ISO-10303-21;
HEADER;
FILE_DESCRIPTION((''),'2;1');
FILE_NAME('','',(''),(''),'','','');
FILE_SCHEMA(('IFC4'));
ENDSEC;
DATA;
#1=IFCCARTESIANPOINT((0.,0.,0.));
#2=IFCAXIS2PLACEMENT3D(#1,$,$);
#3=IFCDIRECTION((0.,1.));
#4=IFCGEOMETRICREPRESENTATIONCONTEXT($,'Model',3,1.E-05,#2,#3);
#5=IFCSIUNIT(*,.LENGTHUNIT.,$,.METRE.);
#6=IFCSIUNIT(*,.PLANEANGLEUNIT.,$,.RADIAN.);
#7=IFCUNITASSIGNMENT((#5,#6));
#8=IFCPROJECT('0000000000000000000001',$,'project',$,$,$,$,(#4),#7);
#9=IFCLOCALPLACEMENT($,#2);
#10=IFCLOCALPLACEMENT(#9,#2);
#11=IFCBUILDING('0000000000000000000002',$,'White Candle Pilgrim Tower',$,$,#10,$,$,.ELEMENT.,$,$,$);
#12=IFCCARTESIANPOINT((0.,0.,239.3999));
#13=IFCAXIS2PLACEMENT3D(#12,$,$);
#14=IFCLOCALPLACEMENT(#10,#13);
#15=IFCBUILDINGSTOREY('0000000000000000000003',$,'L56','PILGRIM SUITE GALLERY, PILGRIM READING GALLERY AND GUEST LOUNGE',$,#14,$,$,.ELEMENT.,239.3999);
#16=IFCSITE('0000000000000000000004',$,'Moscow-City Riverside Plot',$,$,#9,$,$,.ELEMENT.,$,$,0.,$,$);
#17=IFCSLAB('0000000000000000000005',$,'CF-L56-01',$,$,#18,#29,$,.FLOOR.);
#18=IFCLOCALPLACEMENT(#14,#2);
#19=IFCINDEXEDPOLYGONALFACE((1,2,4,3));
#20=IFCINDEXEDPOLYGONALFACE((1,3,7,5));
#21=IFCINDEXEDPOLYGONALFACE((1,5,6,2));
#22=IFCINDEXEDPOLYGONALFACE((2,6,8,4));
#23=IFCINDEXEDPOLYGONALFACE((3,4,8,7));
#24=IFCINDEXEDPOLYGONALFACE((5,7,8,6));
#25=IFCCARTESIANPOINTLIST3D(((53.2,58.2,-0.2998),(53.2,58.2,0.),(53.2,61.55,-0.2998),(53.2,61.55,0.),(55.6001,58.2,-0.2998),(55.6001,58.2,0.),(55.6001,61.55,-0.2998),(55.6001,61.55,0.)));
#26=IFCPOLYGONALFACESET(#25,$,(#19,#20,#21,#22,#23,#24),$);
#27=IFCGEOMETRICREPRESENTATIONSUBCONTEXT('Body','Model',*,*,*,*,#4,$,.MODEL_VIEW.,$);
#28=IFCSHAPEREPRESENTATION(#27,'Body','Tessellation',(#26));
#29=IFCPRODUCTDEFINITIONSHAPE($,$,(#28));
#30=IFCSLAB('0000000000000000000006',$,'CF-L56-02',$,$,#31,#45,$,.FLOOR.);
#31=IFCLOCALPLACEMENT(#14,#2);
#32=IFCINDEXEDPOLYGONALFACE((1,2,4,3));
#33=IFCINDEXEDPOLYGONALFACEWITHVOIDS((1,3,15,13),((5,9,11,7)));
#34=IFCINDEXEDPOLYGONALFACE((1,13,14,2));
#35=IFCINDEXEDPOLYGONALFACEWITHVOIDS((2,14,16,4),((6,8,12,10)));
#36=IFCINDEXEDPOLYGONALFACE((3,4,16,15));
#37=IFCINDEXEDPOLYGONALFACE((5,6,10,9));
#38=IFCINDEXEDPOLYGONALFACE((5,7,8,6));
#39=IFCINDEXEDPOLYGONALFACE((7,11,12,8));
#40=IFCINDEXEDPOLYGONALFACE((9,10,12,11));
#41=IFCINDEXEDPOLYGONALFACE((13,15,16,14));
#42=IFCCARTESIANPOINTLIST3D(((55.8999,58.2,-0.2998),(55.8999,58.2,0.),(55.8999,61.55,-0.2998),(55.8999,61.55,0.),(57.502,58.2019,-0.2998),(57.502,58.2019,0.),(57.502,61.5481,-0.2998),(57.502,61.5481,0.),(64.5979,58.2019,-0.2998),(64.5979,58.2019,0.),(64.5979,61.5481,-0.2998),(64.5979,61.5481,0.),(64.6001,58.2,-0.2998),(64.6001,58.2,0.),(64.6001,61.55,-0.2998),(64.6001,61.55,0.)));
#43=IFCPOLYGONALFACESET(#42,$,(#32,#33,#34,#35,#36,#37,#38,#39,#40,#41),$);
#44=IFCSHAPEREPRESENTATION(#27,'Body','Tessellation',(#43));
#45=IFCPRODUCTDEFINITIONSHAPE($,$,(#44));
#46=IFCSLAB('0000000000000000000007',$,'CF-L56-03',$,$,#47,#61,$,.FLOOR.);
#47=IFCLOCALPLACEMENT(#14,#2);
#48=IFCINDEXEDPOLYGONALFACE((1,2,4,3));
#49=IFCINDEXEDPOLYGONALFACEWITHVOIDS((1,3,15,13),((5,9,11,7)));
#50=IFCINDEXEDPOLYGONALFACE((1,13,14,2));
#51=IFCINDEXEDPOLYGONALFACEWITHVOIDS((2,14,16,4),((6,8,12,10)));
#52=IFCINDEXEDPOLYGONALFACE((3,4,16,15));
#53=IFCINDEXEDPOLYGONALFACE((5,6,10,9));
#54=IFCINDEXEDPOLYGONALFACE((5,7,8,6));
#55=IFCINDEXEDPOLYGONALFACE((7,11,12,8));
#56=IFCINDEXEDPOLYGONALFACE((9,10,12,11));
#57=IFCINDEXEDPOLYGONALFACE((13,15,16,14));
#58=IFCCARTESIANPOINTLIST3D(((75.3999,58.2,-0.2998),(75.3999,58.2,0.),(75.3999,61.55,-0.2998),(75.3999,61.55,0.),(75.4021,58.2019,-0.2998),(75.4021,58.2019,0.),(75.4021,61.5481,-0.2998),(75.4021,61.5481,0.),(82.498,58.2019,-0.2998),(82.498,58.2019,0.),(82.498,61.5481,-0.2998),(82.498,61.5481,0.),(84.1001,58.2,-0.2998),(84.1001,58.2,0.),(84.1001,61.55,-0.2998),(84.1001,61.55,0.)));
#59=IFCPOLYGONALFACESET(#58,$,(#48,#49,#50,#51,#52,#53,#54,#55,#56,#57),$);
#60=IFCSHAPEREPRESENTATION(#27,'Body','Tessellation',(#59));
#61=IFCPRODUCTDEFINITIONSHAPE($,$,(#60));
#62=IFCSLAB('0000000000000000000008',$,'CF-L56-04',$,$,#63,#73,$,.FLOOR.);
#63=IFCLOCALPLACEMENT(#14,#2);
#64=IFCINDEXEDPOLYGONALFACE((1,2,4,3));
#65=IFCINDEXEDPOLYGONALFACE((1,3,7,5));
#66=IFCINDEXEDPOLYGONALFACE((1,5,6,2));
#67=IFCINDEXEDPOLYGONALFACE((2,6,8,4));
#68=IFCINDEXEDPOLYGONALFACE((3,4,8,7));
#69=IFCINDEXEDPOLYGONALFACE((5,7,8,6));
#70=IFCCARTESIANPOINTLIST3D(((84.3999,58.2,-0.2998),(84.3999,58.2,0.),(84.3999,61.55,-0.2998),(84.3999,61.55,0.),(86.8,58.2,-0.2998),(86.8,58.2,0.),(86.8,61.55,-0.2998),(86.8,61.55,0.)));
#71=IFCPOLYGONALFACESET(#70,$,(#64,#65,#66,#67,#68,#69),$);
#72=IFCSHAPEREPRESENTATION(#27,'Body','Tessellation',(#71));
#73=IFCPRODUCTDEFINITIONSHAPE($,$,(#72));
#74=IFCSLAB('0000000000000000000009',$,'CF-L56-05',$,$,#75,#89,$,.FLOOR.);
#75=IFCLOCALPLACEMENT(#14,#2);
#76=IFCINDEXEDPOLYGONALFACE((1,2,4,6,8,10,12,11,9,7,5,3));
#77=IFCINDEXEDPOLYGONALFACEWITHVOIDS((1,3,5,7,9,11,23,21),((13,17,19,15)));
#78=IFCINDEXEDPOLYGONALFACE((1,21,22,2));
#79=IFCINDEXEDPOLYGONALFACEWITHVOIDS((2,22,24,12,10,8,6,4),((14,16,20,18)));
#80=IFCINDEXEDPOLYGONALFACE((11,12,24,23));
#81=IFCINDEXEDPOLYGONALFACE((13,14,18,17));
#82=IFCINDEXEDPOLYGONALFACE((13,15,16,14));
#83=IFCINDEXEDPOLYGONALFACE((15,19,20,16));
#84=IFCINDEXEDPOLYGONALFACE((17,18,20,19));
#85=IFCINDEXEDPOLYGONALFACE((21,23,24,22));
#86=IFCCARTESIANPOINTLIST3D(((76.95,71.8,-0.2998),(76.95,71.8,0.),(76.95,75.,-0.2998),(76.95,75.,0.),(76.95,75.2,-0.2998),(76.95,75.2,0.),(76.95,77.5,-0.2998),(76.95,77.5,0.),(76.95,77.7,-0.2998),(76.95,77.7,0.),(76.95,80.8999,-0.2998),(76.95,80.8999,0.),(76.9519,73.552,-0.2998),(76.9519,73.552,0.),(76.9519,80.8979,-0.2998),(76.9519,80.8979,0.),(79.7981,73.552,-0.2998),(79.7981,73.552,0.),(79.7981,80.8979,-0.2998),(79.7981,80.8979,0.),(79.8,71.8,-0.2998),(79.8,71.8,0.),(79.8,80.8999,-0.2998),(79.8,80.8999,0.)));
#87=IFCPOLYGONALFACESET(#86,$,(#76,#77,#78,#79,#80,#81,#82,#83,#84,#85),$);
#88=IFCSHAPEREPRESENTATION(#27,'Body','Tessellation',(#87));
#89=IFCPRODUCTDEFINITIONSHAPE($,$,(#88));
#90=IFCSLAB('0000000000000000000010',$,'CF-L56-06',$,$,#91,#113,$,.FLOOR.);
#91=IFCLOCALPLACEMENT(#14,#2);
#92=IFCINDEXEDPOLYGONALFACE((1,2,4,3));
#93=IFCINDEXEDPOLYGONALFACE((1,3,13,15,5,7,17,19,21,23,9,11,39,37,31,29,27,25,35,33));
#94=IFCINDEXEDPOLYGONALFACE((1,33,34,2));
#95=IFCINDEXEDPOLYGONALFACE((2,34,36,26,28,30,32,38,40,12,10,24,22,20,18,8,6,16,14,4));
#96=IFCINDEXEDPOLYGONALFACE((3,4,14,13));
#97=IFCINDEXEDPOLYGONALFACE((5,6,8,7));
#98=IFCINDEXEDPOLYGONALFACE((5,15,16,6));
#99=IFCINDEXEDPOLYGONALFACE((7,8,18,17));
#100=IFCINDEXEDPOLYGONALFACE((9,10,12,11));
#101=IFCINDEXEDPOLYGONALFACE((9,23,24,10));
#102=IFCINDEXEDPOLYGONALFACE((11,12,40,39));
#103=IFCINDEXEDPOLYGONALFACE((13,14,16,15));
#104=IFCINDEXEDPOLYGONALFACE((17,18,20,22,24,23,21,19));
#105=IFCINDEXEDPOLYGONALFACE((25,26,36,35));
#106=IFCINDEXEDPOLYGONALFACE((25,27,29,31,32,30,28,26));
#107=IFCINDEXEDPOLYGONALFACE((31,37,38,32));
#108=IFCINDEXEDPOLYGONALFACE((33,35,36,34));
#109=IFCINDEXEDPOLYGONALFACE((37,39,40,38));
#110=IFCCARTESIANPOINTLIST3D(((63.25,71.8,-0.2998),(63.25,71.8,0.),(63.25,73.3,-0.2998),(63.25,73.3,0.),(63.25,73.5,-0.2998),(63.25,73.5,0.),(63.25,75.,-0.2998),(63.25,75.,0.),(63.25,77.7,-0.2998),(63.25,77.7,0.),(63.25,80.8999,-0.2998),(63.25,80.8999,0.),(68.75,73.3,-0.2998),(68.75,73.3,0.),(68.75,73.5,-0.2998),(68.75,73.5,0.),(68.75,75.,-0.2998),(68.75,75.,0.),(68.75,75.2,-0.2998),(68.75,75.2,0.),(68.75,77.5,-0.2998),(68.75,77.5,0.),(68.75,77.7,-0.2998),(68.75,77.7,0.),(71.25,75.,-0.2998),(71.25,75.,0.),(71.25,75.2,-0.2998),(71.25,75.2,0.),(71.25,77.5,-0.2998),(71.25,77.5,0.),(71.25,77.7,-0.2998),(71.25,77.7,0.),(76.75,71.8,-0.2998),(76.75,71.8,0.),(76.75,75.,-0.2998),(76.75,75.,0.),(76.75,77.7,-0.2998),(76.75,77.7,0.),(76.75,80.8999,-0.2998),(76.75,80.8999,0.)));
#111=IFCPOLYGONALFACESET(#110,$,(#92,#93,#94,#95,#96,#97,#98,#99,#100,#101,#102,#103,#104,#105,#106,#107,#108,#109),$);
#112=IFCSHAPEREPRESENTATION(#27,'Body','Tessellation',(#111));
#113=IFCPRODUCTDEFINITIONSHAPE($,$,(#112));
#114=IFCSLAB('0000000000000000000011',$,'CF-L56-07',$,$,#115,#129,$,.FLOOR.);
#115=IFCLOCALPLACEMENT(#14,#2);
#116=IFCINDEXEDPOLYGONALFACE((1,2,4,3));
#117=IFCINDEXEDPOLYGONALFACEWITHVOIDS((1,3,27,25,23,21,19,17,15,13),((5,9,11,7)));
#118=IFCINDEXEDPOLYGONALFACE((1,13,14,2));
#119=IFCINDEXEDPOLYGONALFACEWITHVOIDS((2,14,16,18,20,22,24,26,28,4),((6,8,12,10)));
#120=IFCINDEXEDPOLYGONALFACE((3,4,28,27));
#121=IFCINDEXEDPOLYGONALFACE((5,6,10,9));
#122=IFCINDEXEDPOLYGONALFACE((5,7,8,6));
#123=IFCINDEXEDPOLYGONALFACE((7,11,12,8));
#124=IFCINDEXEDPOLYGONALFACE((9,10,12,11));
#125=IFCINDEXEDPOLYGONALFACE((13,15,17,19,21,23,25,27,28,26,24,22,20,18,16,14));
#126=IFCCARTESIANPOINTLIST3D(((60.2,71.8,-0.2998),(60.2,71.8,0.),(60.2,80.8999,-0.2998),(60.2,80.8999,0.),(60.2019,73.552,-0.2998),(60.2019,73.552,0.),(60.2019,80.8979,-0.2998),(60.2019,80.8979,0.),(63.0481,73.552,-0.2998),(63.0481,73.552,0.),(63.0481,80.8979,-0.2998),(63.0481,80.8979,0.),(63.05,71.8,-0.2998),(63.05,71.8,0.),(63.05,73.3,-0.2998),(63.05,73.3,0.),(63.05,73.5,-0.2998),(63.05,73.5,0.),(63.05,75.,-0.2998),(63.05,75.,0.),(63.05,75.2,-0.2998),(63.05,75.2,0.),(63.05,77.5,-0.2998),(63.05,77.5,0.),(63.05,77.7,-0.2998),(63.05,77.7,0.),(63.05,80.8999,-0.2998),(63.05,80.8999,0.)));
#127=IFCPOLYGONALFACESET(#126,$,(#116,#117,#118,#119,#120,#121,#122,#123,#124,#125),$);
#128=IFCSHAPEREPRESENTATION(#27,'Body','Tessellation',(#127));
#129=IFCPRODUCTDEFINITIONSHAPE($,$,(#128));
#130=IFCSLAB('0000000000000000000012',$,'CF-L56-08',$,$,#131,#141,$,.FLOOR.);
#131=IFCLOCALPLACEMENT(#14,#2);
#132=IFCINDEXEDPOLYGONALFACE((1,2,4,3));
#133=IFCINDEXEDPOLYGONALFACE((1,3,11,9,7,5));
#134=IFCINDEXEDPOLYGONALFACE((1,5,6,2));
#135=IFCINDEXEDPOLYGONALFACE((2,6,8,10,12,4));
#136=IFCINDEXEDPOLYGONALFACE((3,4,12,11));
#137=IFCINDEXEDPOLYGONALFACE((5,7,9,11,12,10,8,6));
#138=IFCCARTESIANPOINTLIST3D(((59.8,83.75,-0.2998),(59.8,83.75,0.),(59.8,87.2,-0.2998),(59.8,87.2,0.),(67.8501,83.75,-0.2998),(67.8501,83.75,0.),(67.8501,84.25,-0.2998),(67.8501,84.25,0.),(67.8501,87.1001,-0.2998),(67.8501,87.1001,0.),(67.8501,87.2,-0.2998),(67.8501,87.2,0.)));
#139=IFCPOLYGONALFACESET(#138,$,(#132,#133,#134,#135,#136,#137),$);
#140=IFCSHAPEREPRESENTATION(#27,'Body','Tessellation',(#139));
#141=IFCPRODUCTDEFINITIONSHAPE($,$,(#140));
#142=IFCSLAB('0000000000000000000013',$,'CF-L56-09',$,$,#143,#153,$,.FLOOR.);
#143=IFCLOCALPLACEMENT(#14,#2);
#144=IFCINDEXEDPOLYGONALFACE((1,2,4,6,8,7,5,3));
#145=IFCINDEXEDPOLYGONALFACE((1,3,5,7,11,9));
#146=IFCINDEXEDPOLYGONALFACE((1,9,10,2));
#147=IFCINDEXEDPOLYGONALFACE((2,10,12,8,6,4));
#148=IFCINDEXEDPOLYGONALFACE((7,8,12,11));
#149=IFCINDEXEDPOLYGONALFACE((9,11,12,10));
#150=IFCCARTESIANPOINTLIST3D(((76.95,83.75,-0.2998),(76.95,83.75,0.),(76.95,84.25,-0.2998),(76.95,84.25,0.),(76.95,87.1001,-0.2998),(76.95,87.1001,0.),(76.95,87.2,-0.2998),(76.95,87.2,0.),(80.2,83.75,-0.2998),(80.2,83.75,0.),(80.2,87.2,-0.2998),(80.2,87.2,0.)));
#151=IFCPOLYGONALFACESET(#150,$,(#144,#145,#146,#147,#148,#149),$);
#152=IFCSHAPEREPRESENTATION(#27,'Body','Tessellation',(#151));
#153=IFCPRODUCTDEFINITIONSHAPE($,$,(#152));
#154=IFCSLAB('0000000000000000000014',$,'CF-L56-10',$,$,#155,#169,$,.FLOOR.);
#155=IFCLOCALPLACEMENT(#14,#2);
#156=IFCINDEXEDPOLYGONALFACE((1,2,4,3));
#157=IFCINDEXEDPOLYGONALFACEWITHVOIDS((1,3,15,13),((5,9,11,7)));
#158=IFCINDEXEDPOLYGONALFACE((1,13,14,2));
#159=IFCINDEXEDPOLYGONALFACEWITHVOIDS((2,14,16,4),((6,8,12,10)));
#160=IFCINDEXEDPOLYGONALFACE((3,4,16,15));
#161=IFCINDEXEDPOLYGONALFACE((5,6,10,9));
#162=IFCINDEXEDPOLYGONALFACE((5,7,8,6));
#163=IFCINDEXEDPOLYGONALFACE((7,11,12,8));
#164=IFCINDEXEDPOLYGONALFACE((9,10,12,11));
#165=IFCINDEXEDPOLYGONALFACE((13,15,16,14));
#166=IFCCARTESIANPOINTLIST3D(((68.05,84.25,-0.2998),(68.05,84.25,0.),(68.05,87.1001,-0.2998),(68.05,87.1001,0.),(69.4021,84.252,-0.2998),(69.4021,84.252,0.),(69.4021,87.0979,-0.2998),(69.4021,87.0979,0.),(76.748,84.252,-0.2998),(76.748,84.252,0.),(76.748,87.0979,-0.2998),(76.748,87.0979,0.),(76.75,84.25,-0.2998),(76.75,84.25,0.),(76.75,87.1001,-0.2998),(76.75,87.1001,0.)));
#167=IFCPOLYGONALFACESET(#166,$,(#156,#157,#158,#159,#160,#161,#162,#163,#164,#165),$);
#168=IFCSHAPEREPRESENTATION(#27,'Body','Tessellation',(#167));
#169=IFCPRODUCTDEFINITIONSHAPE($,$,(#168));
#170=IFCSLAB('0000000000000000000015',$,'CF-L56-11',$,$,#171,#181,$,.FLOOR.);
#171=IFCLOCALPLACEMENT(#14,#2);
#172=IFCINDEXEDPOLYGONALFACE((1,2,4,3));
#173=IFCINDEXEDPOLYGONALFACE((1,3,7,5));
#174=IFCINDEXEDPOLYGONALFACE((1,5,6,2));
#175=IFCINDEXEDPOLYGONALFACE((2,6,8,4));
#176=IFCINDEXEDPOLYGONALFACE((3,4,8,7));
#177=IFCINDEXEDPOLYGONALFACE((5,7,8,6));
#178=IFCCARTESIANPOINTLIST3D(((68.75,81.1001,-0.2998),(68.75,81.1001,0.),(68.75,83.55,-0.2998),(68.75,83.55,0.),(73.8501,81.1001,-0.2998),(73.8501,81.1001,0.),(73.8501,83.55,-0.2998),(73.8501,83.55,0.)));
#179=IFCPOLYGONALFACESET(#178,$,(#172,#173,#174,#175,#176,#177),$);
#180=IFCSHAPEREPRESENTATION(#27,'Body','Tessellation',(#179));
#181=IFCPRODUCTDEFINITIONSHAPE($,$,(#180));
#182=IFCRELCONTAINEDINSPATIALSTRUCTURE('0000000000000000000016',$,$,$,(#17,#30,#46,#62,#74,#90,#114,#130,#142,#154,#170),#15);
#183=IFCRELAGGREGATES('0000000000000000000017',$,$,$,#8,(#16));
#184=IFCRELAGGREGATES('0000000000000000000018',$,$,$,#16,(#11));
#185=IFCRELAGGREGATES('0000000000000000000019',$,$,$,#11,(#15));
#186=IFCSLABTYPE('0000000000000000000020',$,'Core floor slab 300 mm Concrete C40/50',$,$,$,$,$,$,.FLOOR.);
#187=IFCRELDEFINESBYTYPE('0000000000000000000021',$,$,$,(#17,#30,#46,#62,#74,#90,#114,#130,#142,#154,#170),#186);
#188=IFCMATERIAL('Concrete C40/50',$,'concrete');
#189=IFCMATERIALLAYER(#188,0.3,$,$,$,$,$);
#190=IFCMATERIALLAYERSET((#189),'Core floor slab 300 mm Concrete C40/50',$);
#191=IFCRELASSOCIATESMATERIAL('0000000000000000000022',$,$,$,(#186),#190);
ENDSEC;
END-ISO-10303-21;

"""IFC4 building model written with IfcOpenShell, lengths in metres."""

from ifc_helpers import new_model, si_unit, direction, frame, origin, place, context, subcontext, project, spatial, polyline, outline, extrude, material, layer, layer_set, type_object, element, save


model = new_model("IFC4")

# Units and contexts
model_context = context("Model", 3, precision=1e-05, world=origin(), true_north=direction((0.0, 1.0)))
body_context = subcontext(model_context, "Body", "Model", "MODEL_VIEW")
ifc_project = project(units=[si_unit("LENGTHUNIT", "METRE"), si_unit("PLANEANGLEUNIT", "RADIAN")], contexts=[model_context])

# Site, building, storey
site_placement = place(None, origin())
site = spatial("IfcSite", under=ifc_project, at=site_placement, Name="Moscow-City Riverside Plot", CompositionType="ELEMENT", RefElevation=0.0)
building_placement = place(site_placement, origin())
building = spatial("IfcBuilding", under=site, at=building_placement, Name="White Candle Pilgrim Tower", CompositionType="ELEMENT")
storey_placement = place(building_placement, frame((0.0, 0.0, 239.3999)))
storey = spatial("IfcBuildingStorey", under=building, at=storey_placement, Name="L56", Description="PILGRIM SUITE GALLERY, PILGRIM READING GALLERY AND GUEST LOUNGE", CompositionType="ELEMENT", Elevation=239.3999)

# Slabs
ifc_material = material(Name="Concrete C40/50", Category="concrete")
ifc_layer_1 = layer(ifc_material, 0.3)
ifc_layer_set_1 = layer_set([ifc_layer_1], Name="Core floor slab 300 mm Concrete C40/50")
slab_type_1 = type_object("IfcSlabType", Name="Core floor slab 300 mm Concrete C40/50", PredefinedType="FLOOR", material=ifc_layer_set_1)
slab_1_placement = place(storey_placement, frame((0.0, 0.0, -0.2998)))
element("IfcSlab", 1, at=slab_1_placement, inside=storey, type_object=slab_type_1, Name="CF-L56-01", PredefinedType="FLOOR", context=body_context, shape_type="SweptSolid", body=[
    extrude(outline(polyline([(55.6001, 58.2), (53.2, 58.2), (53.2, 61.55), (55.6001, 61.55), (55.6001, 58.2)])), origin(), (0.0, 0.0, 1.0), 0.2998),
])
slab_2_placement = place(storey_placement, frame((0.0, 0.0, -0.2998)))
element("IfcSlab", 2, at=slab_2_placement, inside=storey, type_object=slab_type_1, Name="CF-L56-02", PredefinedType="FLOOR", context=body_context, shape_type="SweptSolid", body=[
    extrude(outline(polyline([(55.8999, 58.2), (55.8999, 61.55), (64.6001, 61.55), (64.6001, 58.2), (55.8999, 58.2)]), holes=[polyline([(57.502, 61.5481), (57.502, 58.2019), (64.5979, 58.2019), (64.5979, 61.5481), (57.502, 61.5481)])]), origin(), (0.0, 0.0, 1.0), 0.2998),
])
slab_3_placement = place(storey_placement, frame((0.0, 0.0, -0.2998)))
element("IfcSlab", 3, at=slab_3_placement, inside=storey, type_object=slab_type_1, Name="CF-L56-03", PredefinedType="FLOOR", context=body_context, shape_type="SweptSolid", body=[
    extrude(outline(polyline([(75.3999, 58.2), (75.3999, 61.55), (84.1001, 61.55), (84.1001, 58.2), (75.3999, 58.2)]), holes=[polyline([(82.498, 58.2019), (82.498, 61.5481), (75.4021, 61.5481), (75.4021, 58.2019), (82.498, 58.2019)])]), origin(), (0.0, 0.0, 1.0), 0.2998),
])
slab_4_placement = place(storey_placement, frame((0.0, 0.0, -0.2998)))
element("IfcSlab", 4, at=slab_4_placement, inside=storey, type_object=slab_type_1, Name="CF-L56-04", PredefinedType="FLOOR", context=body_context, shape_type="SweptSolid", body=[
    extrude(outline(polyline([(86.8, 58.2), (84.3999, 58.2), (84.3999, 61.55), (86.8, 61.55), (86.8, 58.2)])), origin(), (0.0, 0.0, 1.0), 0.2998),
])
slab_5_placement = place(storey_placement, frame((0.0, 0.0, -0.2998)))
element("IfcSlab", 5, at=slab_5_placement, inside=storey, type_object=slab_type_1, Name="CF-L56-05", PredefinedType="FLOOR", context=body_context, shape_type="SweptSolid", body=[
    extrude(outline(polyline([(76.95, 71.8), (76.95, 75.0), (76.95, 75.2), (76.95, 77.5), (76.95, 77.7), (76.95, 80.8999), (79.8, 80.8999), (79.8, 71.8), (76.95, 71.8)]), holes=[polyline([(76.9519, 73.552), (79.7981, 73.552), (79.7981, 80.8979), (76.9519, 80.8979), (76.9519, 73.552)])]), origin(), (0.0, 0.0, 1.0), 0.2998),
])
slab_6_placement = place(storey_placement, frame((0.0, 0.0, -0.2998)))
element("IfcSlab", 6, at=slab_6_placement, inside=storey, type_object=slab_type_1, Name="CF-L56-06", PredefinedType="FLOOR", context=body_context, shape_type="SweptSolid", body=[
    extrude(outline(polyline([(63.25, 71.8), (63.25, 73.3), (68.75, 73.3), (68.75, 73.5), (63.25, 73.5), (63.25, 75.0), (68.75, 75.0), (68.75, 75.2), (68.75, 77.5), (68.75, 77.7), (63.25, 77.7), (63.25, 80.8999), (76.75, 80.8999), (76.75, 77.7), (71.25, 77.7), (71.25, 77.5), (71.25, 75.2), (71.25, 75.0), (76.75, 75.0), (76.75, 71.8), (63.25, 71.8)])), origin(), (0.0, 0.0, 1.0), 0.2998),
])
slab_7_placement = place(storey_placement, frame((0.0, 0.0, -0.2998)))
element("IfcSlab", 7, at=slab_7_placement, inside=storey, type_object=slab_type_1, Name="CF-L56-07", PredefinedType="FLOOR", context=body_context, shape_type="SweptSolid", body=[
    extrude(outline(polyline([(60.2, 71.8), (60.2, 80.8999), (63.05, 80.8999), (63.05, 77.7), (63.05, 77.5), (63.05, 75.2), (63.05, 75.0), (63.05, 73.5), (63.05, 73.3), (63.05, 71.8), (60.2, 71.8)]), holes=[polyline([(60.2019, 73.552), (63.0481, 73.552), (63.0481, 80.8979), (60.2019, 80.8979), (60.2019, 73.552)])]), origin(), (0.0, 0.0, 1.0), 0.2998),
])
slab_8_placement = place(storey_placement, frame((0.0, 0.0, -0.2998)))
element("IfcSlab", 8, at=slab_8_placement, inside=storey, type_object=slab_type_1, Name="CF-L56-08", PredefinedType="FLOOR", context=body_context, shape_type="SweptSolid", body=[
    extrude(outline(polyline([(59.8, 87.2), (67.8501, 87.2), (67.8501, 87.1001), (67.8501, 84.25), (67.8501, 83.75), (59.8, 83.75), (59.8, 87.2)])), origin(), (0.0, 0.0, 1.0), 0.2998),
])
slab_9_placement = place(storey_placement, frame((0.0, 0.0, -0.2998)))
element("IfcSlab", 9, at=slab_9_placement, inside=storey, type_object=slab_type_1, Name="CF-L56-09", PredefinedType="FLOOR", context=body_context, shape_type="SweptSolid", body=[
    extrude(outline(polyline([(80.2, 87.2), (80.2, 83.75), (76.95, 83.75), (76.95, 84.25), (76.95, 87.1001), (76.95, 87.2), (80.2, 87.2)])), origin(), (0.0, 0.0, 1.0), 0.2998),
])
slab_10_placement = place(storey_placement, frame((0.0, 0.0, -0.2998)))
element("IfcSlab", 10, at=slab_10_placement, inside=storey, type_object=slab_type_1, Name="CF-L56-10", PredefinedType="FLOOR", context=body_context, shape_type="SweptSolid", body=[
    extrude(outline(polyline([(68.05, 87.1001), (76.75, 87.1001), (76.75, 84.25), (68.05, 84.25), (68.05, 87.1001)]), holes=[polyline([(69.4021, 87.0979), (69.4021, 84.252), (76.748, 84.252), (76.748, 87.0979), (69.4021, 87.0979)])]), origin(), (0.0, 0.0, 1.0), 0.2998),
])
slab_11_placement = place(storey_placement, frame((0.0, 0.0, -0.2998)))
element("IfcSlab", 11, at=slab_11_placement, inside=storey, type_object=slab_type_1, Name="CF-L56-11", PredefinedType="FLOOR", context=body_context, shape_type="SweptSolid", body=[
    extrude(outline(polyline([(73.8501, 83.55), (73.8501, 81.1001), (68.75, 81.1001), (68.75, 83.55), (73.8501, 83.55)])), origin(), (0.0, 0.0, 1.0), 0.2998),
])

save(model, "model.ifc")
